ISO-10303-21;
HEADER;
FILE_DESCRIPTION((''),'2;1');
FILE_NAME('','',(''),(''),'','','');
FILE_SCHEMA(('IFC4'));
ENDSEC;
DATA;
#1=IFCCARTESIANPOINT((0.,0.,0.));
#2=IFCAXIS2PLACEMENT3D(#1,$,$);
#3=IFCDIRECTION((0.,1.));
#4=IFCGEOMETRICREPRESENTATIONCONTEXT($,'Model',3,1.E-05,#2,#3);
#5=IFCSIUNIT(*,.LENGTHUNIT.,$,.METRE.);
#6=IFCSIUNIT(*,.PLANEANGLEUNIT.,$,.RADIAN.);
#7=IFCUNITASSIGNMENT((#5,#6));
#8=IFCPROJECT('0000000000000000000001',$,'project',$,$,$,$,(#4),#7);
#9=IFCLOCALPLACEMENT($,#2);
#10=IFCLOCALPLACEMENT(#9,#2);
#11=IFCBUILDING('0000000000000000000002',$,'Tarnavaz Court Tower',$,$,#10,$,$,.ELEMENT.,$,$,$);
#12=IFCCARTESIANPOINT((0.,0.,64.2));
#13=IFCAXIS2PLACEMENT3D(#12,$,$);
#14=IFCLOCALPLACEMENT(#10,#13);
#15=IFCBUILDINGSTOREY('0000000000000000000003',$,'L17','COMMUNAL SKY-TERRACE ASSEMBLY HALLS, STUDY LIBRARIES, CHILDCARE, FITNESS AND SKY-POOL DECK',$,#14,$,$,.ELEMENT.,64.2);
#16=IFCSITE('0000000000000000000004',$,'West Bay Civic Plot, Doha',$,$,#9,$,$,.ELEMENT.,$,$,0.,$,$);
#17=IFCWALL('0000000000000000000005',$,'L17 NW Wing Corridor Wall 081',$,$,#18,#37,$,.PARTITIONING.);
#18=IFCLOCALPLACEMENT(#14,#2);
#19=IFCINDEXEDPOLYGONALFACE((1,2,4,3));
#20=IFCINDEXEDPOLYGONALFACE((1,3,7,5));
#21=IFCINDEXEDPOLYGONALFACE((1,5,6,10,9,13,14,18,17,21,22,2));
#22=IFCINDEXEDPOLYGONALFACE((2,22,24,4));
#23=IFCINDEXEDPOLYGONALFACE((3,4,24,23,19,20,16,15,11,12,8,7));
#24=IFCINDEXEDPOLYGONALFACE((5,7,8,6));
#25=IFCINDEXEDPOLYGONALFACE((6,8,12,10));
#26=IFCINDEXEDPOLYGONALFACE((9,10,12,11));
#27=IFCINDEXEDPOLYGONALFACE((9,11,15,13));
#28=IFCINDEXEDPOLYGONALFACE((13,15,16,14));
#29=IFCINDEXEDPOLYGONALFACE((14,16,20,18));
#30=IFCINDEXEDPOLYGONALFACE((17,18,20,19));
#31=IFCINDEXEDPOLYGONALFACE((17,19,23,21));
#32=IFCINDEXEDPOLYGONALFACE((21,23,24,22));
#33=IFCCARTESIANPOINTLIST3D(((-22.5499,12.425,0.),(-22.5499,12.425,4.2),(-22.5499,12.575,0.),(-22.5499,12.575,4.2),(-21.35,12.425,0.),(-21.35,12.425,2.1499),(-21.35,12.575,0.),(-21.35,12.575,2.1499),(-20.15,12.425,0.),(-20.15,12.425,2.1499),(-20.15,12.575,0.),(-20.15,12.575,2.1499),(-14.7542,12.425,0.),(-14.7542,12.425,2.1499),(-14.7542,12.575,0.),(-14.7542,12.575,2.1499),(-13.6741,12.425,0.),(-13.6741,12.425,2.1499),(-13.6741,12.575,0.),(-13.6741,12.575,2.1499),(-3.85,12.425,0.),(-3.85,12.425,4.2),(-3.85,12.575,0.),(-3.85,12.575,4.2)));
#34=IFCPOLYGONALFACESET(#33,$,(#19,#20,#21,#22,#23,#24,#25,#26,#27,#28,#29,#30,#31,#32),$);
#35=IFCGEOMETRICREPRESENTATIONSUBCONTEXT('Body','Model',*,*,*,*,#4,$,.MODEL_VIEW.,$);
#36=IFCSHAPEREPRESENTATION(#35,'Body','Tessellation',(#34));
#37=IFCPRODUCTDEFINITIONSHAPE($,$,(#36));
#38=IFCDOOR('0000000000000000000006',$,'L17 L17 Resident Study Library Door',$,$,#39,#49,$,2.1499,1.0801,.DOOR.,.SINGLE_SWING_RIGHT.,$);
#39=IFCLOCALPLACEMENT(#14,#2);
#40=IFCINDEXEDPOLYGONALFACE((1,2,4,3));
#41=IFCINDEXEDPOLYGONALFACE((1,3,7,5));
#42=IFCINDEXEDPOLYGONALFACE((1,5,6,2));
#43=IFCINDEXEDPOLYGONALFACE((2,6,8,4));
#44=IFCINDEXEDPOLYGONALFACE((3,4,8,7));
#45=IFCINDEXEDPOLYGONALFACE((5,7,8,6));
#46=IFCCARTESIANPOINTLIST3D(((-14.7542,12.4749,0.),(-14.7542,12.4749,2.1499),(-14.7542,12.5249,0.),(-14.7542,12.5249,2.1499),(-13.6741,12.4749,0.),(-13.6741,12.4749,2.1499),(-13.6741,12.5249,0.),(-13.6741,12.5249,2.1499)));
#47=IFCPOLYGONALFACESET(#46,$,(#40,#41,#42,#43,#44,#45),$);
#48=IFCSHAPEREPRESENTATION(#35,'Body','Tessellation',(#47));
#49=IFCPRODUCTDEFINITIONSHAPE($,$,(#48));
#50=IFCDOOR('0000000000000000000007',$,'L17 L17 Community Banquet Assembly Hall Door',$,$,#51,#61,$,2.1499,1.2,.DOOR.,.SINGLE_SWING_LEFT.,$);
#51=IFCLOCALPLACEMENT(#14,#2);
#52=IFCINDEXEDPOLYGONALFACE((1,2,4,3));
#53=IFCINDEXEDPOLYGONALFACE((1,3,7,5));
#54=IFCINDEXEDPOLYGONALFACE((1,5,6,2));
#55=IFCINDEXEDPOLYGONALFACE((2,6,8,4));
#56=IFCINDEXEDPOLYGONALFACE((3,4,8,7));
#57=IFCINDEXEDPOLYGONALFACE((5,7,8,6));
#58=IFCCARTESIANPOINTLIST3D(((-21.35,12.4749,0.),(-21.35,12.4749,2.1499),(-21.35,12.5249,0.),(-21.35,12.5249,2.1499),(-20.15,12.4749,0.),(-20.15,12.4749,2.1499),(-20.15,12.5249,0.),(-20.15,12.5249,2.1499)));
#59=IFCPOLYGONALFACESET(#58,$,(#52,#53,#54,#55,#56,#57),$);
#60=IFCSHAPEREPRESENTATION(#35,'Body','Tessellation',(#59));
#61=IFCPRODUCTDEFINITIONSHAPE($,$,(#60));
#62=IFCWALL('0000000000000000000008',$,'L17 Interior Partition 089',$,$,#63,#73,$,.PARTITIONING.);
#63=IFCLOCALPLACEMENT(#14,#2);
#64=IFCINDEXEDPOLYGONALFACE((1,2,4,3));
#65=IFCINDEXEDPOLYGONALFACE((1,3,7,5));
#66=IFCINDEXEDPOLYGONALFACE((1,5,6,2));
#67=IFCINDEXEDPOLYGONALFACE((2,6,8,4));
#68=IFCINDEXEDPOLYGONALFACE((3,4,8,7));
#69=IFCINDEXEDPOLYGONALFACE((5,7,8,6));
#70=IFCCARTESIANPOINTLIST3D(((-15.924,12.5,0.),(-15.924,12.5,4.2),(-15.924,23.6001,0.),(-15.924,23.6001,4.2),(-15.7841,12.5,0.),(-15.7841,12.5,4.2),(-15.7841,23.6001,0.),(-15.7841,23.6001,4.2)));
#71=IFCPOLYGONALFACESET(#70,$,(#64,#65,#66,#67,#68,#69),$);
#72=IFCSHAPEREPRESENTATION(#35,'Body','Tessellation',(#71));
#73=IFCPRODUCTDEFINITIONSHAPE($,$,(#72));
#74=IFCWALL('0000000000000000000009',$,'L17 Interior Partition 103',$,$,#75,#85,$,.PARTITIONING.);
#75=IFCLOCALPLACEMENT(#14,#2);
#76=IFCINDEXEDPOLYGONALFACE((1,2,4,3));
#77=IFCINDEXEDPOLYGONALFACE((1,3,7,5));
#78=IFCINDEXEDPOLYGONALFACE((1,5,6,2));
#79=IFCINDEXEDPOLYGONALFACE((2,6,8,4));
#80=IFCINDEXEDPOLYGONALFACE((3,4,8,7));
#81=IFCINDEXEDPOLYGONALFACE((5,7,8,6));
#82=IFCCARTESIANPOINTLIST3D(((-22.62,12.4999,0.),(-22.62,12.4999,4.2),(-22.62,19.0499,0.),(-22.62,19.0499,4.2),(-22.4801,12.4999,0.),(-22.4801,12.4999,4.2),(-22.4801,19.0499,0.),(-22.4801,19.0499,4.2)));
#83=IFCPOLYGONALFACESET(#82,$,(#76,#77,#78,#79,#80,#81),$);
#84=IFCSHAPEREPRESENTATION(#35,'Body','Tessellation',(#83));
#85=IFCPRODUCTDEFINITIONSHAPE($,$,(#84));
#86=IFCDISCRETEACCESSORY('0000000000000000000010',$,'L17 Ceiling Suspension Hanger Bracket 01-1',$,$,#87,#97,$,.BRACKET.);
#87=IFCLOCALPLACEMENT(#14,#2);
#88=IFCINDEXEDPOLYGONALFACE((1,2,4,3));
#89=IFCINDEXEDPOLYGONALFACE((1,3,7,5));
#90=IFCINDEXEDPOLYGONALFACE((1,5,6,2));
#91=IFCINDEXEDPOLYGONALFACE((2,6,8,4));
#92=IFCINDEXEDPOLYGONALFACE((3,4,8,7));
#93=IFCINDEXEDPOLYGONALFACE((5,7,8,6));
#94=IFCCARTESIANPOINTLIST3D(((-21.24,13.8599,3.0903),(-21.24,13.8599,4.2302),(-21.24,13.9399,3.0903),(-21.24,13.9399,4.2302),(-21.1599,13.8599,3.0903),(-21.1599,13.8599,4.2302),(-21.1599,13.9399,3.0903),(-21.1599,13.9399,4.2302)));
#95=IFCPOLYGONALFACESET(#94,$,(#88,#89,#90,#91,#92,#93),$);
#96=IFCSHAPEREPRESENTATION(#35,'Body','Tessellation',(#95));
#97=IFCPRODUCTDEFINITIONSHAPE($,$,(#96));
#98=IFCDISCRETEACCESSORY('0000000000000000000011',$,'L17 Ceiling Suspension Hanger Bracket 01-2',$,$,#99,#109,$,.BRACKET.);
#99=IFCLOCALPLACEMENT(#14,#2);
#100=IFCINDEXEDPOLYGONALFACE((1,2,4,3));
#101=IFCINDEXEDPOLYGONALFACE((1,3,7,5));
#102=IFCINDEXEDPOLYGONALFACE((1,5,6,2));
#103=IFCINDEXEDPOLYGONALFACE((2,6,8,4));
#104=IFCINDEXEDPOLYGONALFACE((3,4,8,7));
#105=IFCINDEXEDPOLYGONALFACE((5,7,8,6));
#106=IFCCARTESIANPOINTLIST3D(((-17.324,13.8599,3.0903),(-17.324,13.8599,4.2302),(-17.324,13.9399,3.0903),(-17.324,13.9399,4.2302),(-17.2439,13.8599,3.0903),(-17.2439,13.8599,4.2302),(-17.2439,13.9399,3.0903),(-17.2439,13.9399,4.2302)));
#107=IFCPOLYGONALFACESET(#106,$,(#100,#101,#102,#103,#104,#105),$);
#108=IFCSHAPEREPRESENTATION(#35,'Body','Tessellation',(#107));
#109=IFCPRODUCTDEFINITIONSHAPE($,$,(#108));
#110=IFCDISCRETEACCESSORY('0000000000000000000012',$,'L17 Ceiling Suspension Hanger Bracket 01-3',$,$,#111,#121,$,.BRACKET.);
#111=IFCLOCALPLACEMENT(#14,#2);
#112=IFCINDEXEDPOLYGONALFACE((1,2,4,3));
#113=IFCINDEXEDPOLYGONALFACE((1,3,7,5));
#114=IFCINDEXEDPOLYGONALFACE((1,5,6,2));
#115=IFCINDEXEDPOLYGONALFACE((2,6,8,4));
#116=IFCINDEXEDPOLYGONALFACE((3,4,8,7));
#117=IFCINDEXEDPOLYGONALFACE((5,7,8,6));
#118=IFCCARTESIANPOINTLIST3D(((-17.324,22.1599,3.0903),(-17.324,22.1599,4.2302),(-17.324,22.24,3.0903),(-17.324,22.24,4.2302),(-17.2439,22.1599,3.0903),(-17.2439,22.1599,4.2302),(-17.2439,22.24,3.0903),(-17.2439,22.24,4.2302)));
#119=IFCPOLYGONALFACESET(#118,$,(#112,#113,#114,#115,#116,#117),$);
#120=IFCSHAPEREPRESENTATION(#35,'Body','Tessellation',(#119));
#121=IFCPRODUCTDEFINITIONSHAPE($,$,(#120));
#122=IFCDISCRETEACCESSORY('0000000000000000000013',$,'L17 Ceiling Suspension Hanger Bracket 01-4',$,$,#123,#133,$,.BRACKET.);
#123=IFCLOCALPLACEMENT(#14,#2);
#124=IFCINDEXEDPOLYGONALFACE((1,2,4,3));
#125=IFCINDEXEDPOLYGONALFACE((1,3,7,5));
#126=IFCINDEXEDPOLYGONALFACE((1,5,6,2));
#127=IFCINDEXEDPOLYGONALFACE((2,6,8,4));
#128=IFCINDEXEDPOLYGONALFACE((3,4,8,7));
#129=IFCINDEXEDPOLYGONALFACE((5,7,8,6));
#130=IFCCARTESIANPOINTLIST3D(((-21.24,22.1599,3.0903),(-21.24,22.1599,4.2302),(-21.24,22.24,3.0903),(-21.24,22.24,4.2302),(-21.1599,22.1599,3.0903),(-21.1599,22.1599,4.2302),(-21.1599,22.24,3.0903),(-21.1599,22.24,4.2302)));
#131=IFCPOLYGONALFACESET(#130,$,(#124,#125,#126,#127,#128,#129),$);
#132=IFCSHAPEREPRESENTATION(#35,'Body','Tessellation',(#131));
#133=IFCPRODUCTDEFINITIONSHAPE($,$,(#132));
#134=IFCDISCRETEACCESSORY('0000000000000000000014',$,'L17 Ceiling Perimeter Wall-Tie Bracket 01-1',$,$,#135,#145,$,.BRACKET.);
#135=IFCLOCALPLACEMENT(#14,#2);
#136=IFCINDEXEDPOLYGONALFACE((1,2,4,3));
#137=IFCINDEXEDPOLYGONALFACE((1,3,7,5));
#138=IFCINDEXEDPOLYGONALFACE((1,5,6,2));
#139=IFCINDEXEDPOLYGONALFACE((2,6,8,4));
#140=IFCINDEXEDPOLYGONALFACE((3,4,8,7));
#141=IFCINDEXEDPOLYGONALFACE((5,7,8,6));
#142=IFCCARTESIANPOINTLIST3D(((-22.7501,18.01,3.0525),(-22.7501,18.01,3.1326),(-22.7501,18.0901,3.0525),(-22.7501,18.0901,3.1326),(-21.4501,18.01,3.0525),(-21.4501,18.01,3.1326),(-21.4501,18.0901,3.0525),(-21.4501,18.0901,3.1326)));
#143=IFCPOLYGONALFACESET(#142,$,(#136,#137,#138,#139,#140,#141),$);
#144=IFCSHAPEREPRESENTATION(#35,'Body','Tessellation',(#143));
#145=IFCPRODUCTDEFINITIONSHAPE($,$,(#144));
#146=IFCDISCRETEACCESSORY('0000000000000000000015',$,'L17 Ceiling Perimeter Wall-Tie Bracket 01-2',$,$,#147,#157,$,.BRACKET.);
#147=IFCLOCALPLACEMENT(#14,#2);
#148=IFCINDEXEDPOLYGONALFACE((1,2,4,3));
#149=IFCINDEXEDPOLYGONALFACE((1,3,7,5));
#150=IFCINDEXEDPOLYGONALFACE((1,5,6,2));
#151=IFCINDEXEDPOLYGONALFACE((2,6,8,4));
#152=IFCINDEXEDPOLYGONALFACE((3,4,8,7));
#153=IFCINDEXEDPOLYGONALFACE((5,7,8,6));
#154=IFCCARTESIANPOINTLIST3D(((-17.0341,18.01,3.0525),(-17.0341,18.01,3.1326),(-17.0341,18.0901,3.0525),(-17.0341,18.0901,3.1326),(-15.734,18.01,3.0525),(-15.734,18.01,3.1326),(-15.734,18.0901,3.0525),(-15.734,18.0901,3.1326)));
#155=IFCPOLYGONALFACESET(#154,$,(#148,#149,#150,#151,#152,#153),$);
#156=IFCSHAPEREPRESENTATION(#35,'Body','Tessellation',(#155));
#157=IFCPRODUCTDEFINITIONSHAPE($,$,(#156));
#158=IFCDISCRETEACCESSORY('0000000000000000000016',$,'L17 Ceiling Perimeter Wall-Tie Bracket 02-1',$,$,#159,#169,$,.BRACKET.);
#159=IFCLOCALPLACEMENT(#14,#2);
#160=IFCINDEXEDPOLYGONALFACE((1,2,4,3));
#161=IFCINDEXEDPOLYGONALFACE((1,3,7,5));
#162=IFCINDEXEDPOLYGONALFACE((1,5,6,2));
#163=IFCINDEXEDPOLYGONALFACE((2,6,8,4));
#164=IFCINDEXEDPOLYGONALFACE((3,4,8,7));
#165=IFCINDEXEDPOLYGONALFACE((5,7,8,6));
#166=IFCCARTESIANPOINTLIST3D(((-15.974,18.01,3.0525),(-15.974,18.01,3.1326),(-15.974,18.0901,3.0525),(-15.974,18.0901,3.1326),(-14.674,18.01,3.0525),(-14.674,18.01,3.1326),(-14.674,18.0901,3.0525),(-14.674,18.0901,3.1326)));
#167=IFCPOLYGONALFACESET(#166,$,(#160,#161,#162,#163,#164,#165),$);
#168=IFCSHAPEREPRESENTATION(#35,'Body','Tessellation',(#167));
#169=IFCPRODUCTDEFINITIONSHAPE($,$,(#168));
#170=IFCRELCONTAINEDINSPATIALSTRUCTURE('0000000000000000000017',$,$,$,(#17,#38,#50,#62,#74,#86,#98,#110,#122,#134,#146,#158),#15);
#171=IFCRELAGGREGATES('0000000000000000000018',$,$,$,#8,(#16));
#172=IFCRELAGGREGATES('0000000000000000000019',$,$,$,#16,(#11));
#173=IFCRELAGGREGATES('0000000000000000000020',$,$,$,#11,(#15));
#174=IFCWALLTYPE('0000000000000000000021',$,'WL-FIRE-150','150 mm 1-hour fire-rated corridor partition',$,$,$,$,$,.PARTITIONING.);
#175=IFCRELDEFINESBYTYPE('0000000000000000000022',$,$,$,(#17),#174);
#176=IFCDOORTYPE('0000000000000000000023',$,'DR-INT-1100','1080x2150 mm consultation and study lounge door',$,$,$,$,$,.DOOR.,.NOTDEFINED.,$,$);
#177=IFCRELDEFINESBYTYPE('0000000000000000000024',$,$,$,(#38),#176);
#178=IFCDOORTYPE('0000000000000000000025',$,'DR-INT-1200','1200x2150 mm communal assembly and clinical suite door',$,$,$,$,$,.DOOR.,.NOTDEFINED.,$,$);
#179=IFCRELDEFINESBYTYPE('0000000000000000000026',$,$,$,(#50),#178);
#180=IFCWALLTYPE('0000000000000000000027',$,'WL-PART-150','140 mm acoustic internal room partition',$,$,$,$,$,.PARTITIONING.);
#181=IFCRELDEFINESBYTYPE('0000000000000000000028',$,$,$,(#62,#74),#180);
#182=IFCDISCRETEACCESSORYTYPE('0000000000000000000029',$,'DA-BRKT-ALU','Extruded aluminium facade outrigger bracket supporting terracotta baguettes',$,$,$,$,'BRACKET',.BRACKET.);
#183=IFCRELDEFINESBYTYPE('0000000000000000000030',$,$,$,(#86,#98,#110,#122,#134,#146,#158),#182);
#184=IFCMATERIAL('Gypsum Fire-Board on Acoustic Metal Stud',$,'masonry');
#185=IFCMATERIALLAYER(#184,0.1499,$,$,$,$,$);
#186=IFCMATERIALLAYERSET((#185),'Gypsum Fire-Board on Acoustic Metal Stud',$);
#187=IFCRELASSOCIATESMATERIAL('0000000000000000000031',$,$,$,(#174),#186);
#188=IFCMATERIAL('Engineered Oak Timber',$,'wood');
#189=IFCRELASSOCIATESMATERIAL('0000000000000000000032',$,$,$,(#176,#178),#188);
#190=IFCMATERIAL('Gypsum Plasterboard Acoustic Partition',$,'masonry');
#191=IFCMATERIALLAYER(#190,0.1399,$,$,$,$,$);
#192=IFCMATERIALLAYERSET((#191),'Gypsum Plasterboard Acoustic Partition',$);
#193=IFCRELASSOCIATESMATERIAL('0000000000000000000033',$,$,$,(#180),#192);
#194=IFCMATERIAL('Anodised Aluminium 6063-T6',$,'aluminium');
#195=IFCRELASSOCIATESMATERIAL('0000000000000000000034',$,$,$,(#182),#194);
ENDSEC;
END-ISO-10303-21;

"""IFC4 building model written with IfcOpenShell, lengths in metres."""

from ifc_helpers import new_model, si_unit, direction, frame, frame_2d, origin, origin_2d, place, context, subcontext, project, spatial, rectangle, extrude, material, layer, layer_set, type_object, element, fill, save


model = new_model("IFC4")

# Units and contexts
model_context = context("Model", 3, precision=1e-05, world=origin(), true_north=direction((0.0, 1.0)))
body_context = subcontext(model_context, "Body", "Model", "MODEL_VIEW")
ifc_project = project(units=[si_unit("LENGTHUNIT", "METRE"), si_unit("PLANEANGLEUNIT", "RADIAN")], contexts=[model_context])

# Site, building, storey
site_placement = place(None, origin())
site = spatial("IfcSite", under=ifc_project, at=site_placement, Name="West Bay Civic Plot, Doha", CompositionType="ELEMENT", RefElevation=0.0)
building_placement = place(site_placement, origin())
building = spatial("IfcBuilding", under=site, at=building_placement, Name="Tarnavaz Court Tower", CompositionType="ELEMENT")
storey_placement = place(building_placement, frame((0.0, 0.0, 64.2)))
storey = spatial("IfcBuildingStorey", under=building, at=storey_placement, Name="L17", Description="COMMUNAL SKY-TERRACE ASSEMBLY HALLS, STUDY LIBRARIES, CHILDCARE, FITNESS AND SKY-POOL DECK", CompositionType="ELEMENT", Elevation=64.2)

# Wall, openings, doors
ifc_material_1 = material(Name="Gypsum Fire-Board on Acoustic Metal Stud", Category="masonry")
ifc_layer_1 = layer(ifc_material_1, 0.1499)
ifc_layer_set_1 = layer_set([ifc_layer_1], Name="Gypsum Fire-Board on Acoustic Metal Stud")
wall_type_1 = type_object("IfcWallType", Name="WL-FIRE-150", Description="150 mm 1-hour fire-rated corridor partition", PredefinedType="PARTITIONING", material=ifc_layer_set_1)
wall_1_placement = place(storey_placement, frame((-22.55, 12.5, 0.0), z_axis=(0.0, 0.0, 1.0), x_axis=(1.0, 0.0, 0.0)))
wall_1 = element("IfcWall", 1, at=wall_1_placement, inside=storey, type_object=wall_type_1, Name="L17 NW Wing Corridor Wall 081", PredefinedType="PARTITIONING", context=body_context, shape_type="SweptSolid", body=[
    extrude(rectangle(XDim=18.7, YDim=0.1499, at=frame_2d((9.3501, 0.0))), origin(), (0.0, 0.0, 1.0), 4.2),
])
opening_1_placement = place(wall_1_placement, frame((1.2, 0.0, 0.0)))
opening_1 = element("IfcOpeningElement", 2, at=opening_1_placement, cuts=wall_1, PredefinedType="OPENING", context=body_context, shape_type="SweptSolid", body=[
    extrude(rectangle(XDim=1.2, YDim=2.1499, at=frame_2d((0.6001, 1.075))), frame((0.0, 0.085, 0.0), z_axis=(0.0, -1.0, 0.0), x_axis=(1.0, 0.0, 0.0)), (0.0, 0.0, 1.0), 0.1699),
])
opening_2_placement = place(wall_1_placement, frame((7.7959, 0.0, 0.0)))
opening_2 = element("IfcOpeningElement", 3, at=opening_2_placement, cuts=wall_1, PredefinedType="OPENING", context=body_context, shape_type="SweptSolid", body=[
    extrude(rectangle(XDim=1.0801, YDim=2.1499, at=frame_2d((0.54, 1.075))), frame((0.0, 0.085, 0.0), z_axis=(0.0, -1.0, 0.0), x_axis=(1.0, 0.0, 0.0)), (0.0, 0.0, 1.0), 0.1699),
])
ifc_material_2 = material(Name="Engineered Oak Timber", Category="wood")
door_type_1 = type_object("IfcDoorType", Name="DR-INT-1100", Description="1080x2150 mm consultation and study lounge door", OperationType="NOTDEFINED", PredefinedType="DOOR", material=ifc_material_2)
door_1_placement = place(opening_2_placement, origin())
door_1 = element("IfcDoor", 4, at=door_1_placement, inside=storey, type_object=door_type_1, Name="L17 L17 Resident Study Library Door", OperationType="SINGLE_SWING_RIGHT", OverallHeight=2.1499, OverallWidth=1.0801, PredefinedType="DOOR", context=body_context, shape_type="SweptSolid", body=[
    extrude(rectangle(XDim=1.0801, YDim=2.1499, at=frame_2d((0.54, 1.075))), frame((0.0, 0.0249, 0.0), z_axis=(0.0, -1.0, 0.0), x_axis=(1.0, 0.0, 0.0)), (0.0, 0.0, 1.0), 0.05),
])
fill(opening_2, door_1)
door_type_2 = type_object("IfcDoorType", Name="DR-INT-1200", Description="1200x2150 mm communal assembly and clinical suite door", OperationType="NOTDEFINED", PredefinedType="DOOR", material=ifc_material_2)
door_2_placement = place(opening_1_placement, origin())
door_2 = element("IfcDoor", 5, at=door_2_placement, inside=storey, type_object=door_type_2, Name="L17 L17 Community Banquet Assembly Hall Door", OperationType="SINGLE_SWING_LEFT", OverallHeight=2.1499, OverallWidth=1.2, PredefinedType="DOOR", context=body_context, shape_type="SweptSolid", body=[
    extrude(rectangle(XDim=1.2, YDim=2.1499, at=frame_2d((0.6001, 1.075))), frame((0.0, 0.0249, 0.0), z_axis=(0.0, -1.0, 0.0), x_axis=(1.0, 0.0, 0.0)), (0.0, 0.0, 1.0), 0.05),
])
fill(opening_1, door_2)

# Walls
ifc_material_3 = material(Name="Gypsum Plasterboard Acoustic Partition", Category="masonry")
ifc_layer_2 = layer(ifc_material_3, 0.1399)
ifc_layer_set_2 = layer_set([ifc_layer_2], Name="Gypsum Plasterboard Acoustic Partition")
wall_type_2 = type_object("IfcWallType", Name="WL-PART-150", Description="140 mm acoustic internal room partition", PredefinedType="PARTITIONING", material=ifc_layer_set_2)
wall_2_placement = place(storey_placement, frame((-15.854, 12.5, 0.0), z_axis=(0.0, 0.0, 1.0), x_axis=(0.0, 1.0, 0.0)))
element("IfcWall", 6, at=wall_2_placement, inside=storey, type_object=wall_type_2, Name="L17 Interior Partition 089", PredefinedType="PARTITIONING", context=body_context, shape_type="SweptSolid", body=[
    extrude(rectangle(XDim=11.1001, YDim=0.1399, at=frame_2d((5.55, 0.0))), origin(), (0.0, 0.0, 1.0), 4.2),
])
wall_3_placement = place(storey_placement, frame((-22.55, 12.5, 0.0), z_axis=(0.0, 0.0, 1.0), x_axis=(0.0, 1.0, 0.0)))
element("IfcWall", 7, at=wall_3_placement, inside=storey, type_object=wall_type_2, Name="L17 Interior Partition 103", PredefinedType="PARTITIONING", context=body_context, shape_type="SweptSolid", body=[
    extrude(rectangle(XDim=6.55, YDim=0.1399, at=frame_2d((3.2749, 0.0))), origin(), (0.0, 0.0, 1.0), 4.2),
])

# Discrete accessories
ifc_material_4 = material(Name="Anodised Aluminium 6063-T6", Category="aluminium")
discrete_accessory_type = type_object("IfcDiscreteAccessoryType", Name="DA-BRKT-ALU", Description="Extruded aluminium facade outrigger bracket supporting terracotta baguettes", ElementType="BRACKET", PredefinedType="BRACKET", material=ifc_material_4)
for number, where, z_axis, x_axis, name in (
    (8, (-21.2, 13.8999, 3.0903), (0.0, 0.0, 1.0), (1.0, 0.0, 0.0), "L17 Ceiling Suspension Hanger Bracket 01-1"),
    (9, (-17.2839, 13.8999, 3.0903), (0.0, 0.0, 1.0), (1.0, 0.0, 0.0), "L17 Ceiling Suspension Hanger Bracket 01-2"),
    (10, (-17.2839, 22.2, 3.0903), (0.0, 0.0, 1.0), (1.0, 0.0, 0.0), "L17 Ceiling Suspension Hanger Bracket 01-3"),
    (11, (-21.2, 22.2, 3.0903), (0.0, 0.0, 1.0), (1.0, 0.0, 0.0), "L17 Ceiling Suspension Hanger Bracket 01-4"),
):
    element("IfcDiscreteAccessory", number, at=place(storey_placement, frame(where, z_axis=z_axis, x_axis=x_axis)), inside=storey, type_object=discrete_accessory_type, Name=name, PredefinedType="BRACKET", context=body_context, shape_type="SweptSolid", body=[
        extrude(rectangle(XDim=0.0801, YDim=0.0801, at=origin_2d()), origin(), (0.0, 0.0, 1.0), 1.1399),
    ])
for number, where, z_axis, x_axis, name in (
    (12, (-22.1001, 18.05, 3.0525), (0.0, 0.0, 1.0), (1.0, 0.0, 0.0), "L17 Ceiling Perimeter Wall-Tie Bracket 01-1"),
    (13, (-16.384, 18.05, 3.0525), (0.0, 0.0, 1.0), (1.0, 0.0, 0.0), "L17 Ceiling Perimeter Wall-Tie Bracket 01-2"),
    (14, (-15.324, 18.05, 3.0525), (0.0, 0.0, 1.0), (1.0, 0.0, 0.0), "L17 Ceiling Perimeter Wall-Tie Bracket 02-1"),
):
    element("IfcDiscreteAccessory", number, at=place(storey_placement, frame(where, z_axis=z_axis, x_axis=x_axis)), inside=storey, type_object=discrete_accessory_type, Name=name, PredefinedType="BRACKET", context=body_context, shape_type="SweptSolid", body=[
        extrude(rectangle(XDim=1.3, YDim=0.0801, at=origin_2d()), origin(), (0.0, 0.0, 1.0), 0.0801),
    ])

save(model, "model.ifc")
